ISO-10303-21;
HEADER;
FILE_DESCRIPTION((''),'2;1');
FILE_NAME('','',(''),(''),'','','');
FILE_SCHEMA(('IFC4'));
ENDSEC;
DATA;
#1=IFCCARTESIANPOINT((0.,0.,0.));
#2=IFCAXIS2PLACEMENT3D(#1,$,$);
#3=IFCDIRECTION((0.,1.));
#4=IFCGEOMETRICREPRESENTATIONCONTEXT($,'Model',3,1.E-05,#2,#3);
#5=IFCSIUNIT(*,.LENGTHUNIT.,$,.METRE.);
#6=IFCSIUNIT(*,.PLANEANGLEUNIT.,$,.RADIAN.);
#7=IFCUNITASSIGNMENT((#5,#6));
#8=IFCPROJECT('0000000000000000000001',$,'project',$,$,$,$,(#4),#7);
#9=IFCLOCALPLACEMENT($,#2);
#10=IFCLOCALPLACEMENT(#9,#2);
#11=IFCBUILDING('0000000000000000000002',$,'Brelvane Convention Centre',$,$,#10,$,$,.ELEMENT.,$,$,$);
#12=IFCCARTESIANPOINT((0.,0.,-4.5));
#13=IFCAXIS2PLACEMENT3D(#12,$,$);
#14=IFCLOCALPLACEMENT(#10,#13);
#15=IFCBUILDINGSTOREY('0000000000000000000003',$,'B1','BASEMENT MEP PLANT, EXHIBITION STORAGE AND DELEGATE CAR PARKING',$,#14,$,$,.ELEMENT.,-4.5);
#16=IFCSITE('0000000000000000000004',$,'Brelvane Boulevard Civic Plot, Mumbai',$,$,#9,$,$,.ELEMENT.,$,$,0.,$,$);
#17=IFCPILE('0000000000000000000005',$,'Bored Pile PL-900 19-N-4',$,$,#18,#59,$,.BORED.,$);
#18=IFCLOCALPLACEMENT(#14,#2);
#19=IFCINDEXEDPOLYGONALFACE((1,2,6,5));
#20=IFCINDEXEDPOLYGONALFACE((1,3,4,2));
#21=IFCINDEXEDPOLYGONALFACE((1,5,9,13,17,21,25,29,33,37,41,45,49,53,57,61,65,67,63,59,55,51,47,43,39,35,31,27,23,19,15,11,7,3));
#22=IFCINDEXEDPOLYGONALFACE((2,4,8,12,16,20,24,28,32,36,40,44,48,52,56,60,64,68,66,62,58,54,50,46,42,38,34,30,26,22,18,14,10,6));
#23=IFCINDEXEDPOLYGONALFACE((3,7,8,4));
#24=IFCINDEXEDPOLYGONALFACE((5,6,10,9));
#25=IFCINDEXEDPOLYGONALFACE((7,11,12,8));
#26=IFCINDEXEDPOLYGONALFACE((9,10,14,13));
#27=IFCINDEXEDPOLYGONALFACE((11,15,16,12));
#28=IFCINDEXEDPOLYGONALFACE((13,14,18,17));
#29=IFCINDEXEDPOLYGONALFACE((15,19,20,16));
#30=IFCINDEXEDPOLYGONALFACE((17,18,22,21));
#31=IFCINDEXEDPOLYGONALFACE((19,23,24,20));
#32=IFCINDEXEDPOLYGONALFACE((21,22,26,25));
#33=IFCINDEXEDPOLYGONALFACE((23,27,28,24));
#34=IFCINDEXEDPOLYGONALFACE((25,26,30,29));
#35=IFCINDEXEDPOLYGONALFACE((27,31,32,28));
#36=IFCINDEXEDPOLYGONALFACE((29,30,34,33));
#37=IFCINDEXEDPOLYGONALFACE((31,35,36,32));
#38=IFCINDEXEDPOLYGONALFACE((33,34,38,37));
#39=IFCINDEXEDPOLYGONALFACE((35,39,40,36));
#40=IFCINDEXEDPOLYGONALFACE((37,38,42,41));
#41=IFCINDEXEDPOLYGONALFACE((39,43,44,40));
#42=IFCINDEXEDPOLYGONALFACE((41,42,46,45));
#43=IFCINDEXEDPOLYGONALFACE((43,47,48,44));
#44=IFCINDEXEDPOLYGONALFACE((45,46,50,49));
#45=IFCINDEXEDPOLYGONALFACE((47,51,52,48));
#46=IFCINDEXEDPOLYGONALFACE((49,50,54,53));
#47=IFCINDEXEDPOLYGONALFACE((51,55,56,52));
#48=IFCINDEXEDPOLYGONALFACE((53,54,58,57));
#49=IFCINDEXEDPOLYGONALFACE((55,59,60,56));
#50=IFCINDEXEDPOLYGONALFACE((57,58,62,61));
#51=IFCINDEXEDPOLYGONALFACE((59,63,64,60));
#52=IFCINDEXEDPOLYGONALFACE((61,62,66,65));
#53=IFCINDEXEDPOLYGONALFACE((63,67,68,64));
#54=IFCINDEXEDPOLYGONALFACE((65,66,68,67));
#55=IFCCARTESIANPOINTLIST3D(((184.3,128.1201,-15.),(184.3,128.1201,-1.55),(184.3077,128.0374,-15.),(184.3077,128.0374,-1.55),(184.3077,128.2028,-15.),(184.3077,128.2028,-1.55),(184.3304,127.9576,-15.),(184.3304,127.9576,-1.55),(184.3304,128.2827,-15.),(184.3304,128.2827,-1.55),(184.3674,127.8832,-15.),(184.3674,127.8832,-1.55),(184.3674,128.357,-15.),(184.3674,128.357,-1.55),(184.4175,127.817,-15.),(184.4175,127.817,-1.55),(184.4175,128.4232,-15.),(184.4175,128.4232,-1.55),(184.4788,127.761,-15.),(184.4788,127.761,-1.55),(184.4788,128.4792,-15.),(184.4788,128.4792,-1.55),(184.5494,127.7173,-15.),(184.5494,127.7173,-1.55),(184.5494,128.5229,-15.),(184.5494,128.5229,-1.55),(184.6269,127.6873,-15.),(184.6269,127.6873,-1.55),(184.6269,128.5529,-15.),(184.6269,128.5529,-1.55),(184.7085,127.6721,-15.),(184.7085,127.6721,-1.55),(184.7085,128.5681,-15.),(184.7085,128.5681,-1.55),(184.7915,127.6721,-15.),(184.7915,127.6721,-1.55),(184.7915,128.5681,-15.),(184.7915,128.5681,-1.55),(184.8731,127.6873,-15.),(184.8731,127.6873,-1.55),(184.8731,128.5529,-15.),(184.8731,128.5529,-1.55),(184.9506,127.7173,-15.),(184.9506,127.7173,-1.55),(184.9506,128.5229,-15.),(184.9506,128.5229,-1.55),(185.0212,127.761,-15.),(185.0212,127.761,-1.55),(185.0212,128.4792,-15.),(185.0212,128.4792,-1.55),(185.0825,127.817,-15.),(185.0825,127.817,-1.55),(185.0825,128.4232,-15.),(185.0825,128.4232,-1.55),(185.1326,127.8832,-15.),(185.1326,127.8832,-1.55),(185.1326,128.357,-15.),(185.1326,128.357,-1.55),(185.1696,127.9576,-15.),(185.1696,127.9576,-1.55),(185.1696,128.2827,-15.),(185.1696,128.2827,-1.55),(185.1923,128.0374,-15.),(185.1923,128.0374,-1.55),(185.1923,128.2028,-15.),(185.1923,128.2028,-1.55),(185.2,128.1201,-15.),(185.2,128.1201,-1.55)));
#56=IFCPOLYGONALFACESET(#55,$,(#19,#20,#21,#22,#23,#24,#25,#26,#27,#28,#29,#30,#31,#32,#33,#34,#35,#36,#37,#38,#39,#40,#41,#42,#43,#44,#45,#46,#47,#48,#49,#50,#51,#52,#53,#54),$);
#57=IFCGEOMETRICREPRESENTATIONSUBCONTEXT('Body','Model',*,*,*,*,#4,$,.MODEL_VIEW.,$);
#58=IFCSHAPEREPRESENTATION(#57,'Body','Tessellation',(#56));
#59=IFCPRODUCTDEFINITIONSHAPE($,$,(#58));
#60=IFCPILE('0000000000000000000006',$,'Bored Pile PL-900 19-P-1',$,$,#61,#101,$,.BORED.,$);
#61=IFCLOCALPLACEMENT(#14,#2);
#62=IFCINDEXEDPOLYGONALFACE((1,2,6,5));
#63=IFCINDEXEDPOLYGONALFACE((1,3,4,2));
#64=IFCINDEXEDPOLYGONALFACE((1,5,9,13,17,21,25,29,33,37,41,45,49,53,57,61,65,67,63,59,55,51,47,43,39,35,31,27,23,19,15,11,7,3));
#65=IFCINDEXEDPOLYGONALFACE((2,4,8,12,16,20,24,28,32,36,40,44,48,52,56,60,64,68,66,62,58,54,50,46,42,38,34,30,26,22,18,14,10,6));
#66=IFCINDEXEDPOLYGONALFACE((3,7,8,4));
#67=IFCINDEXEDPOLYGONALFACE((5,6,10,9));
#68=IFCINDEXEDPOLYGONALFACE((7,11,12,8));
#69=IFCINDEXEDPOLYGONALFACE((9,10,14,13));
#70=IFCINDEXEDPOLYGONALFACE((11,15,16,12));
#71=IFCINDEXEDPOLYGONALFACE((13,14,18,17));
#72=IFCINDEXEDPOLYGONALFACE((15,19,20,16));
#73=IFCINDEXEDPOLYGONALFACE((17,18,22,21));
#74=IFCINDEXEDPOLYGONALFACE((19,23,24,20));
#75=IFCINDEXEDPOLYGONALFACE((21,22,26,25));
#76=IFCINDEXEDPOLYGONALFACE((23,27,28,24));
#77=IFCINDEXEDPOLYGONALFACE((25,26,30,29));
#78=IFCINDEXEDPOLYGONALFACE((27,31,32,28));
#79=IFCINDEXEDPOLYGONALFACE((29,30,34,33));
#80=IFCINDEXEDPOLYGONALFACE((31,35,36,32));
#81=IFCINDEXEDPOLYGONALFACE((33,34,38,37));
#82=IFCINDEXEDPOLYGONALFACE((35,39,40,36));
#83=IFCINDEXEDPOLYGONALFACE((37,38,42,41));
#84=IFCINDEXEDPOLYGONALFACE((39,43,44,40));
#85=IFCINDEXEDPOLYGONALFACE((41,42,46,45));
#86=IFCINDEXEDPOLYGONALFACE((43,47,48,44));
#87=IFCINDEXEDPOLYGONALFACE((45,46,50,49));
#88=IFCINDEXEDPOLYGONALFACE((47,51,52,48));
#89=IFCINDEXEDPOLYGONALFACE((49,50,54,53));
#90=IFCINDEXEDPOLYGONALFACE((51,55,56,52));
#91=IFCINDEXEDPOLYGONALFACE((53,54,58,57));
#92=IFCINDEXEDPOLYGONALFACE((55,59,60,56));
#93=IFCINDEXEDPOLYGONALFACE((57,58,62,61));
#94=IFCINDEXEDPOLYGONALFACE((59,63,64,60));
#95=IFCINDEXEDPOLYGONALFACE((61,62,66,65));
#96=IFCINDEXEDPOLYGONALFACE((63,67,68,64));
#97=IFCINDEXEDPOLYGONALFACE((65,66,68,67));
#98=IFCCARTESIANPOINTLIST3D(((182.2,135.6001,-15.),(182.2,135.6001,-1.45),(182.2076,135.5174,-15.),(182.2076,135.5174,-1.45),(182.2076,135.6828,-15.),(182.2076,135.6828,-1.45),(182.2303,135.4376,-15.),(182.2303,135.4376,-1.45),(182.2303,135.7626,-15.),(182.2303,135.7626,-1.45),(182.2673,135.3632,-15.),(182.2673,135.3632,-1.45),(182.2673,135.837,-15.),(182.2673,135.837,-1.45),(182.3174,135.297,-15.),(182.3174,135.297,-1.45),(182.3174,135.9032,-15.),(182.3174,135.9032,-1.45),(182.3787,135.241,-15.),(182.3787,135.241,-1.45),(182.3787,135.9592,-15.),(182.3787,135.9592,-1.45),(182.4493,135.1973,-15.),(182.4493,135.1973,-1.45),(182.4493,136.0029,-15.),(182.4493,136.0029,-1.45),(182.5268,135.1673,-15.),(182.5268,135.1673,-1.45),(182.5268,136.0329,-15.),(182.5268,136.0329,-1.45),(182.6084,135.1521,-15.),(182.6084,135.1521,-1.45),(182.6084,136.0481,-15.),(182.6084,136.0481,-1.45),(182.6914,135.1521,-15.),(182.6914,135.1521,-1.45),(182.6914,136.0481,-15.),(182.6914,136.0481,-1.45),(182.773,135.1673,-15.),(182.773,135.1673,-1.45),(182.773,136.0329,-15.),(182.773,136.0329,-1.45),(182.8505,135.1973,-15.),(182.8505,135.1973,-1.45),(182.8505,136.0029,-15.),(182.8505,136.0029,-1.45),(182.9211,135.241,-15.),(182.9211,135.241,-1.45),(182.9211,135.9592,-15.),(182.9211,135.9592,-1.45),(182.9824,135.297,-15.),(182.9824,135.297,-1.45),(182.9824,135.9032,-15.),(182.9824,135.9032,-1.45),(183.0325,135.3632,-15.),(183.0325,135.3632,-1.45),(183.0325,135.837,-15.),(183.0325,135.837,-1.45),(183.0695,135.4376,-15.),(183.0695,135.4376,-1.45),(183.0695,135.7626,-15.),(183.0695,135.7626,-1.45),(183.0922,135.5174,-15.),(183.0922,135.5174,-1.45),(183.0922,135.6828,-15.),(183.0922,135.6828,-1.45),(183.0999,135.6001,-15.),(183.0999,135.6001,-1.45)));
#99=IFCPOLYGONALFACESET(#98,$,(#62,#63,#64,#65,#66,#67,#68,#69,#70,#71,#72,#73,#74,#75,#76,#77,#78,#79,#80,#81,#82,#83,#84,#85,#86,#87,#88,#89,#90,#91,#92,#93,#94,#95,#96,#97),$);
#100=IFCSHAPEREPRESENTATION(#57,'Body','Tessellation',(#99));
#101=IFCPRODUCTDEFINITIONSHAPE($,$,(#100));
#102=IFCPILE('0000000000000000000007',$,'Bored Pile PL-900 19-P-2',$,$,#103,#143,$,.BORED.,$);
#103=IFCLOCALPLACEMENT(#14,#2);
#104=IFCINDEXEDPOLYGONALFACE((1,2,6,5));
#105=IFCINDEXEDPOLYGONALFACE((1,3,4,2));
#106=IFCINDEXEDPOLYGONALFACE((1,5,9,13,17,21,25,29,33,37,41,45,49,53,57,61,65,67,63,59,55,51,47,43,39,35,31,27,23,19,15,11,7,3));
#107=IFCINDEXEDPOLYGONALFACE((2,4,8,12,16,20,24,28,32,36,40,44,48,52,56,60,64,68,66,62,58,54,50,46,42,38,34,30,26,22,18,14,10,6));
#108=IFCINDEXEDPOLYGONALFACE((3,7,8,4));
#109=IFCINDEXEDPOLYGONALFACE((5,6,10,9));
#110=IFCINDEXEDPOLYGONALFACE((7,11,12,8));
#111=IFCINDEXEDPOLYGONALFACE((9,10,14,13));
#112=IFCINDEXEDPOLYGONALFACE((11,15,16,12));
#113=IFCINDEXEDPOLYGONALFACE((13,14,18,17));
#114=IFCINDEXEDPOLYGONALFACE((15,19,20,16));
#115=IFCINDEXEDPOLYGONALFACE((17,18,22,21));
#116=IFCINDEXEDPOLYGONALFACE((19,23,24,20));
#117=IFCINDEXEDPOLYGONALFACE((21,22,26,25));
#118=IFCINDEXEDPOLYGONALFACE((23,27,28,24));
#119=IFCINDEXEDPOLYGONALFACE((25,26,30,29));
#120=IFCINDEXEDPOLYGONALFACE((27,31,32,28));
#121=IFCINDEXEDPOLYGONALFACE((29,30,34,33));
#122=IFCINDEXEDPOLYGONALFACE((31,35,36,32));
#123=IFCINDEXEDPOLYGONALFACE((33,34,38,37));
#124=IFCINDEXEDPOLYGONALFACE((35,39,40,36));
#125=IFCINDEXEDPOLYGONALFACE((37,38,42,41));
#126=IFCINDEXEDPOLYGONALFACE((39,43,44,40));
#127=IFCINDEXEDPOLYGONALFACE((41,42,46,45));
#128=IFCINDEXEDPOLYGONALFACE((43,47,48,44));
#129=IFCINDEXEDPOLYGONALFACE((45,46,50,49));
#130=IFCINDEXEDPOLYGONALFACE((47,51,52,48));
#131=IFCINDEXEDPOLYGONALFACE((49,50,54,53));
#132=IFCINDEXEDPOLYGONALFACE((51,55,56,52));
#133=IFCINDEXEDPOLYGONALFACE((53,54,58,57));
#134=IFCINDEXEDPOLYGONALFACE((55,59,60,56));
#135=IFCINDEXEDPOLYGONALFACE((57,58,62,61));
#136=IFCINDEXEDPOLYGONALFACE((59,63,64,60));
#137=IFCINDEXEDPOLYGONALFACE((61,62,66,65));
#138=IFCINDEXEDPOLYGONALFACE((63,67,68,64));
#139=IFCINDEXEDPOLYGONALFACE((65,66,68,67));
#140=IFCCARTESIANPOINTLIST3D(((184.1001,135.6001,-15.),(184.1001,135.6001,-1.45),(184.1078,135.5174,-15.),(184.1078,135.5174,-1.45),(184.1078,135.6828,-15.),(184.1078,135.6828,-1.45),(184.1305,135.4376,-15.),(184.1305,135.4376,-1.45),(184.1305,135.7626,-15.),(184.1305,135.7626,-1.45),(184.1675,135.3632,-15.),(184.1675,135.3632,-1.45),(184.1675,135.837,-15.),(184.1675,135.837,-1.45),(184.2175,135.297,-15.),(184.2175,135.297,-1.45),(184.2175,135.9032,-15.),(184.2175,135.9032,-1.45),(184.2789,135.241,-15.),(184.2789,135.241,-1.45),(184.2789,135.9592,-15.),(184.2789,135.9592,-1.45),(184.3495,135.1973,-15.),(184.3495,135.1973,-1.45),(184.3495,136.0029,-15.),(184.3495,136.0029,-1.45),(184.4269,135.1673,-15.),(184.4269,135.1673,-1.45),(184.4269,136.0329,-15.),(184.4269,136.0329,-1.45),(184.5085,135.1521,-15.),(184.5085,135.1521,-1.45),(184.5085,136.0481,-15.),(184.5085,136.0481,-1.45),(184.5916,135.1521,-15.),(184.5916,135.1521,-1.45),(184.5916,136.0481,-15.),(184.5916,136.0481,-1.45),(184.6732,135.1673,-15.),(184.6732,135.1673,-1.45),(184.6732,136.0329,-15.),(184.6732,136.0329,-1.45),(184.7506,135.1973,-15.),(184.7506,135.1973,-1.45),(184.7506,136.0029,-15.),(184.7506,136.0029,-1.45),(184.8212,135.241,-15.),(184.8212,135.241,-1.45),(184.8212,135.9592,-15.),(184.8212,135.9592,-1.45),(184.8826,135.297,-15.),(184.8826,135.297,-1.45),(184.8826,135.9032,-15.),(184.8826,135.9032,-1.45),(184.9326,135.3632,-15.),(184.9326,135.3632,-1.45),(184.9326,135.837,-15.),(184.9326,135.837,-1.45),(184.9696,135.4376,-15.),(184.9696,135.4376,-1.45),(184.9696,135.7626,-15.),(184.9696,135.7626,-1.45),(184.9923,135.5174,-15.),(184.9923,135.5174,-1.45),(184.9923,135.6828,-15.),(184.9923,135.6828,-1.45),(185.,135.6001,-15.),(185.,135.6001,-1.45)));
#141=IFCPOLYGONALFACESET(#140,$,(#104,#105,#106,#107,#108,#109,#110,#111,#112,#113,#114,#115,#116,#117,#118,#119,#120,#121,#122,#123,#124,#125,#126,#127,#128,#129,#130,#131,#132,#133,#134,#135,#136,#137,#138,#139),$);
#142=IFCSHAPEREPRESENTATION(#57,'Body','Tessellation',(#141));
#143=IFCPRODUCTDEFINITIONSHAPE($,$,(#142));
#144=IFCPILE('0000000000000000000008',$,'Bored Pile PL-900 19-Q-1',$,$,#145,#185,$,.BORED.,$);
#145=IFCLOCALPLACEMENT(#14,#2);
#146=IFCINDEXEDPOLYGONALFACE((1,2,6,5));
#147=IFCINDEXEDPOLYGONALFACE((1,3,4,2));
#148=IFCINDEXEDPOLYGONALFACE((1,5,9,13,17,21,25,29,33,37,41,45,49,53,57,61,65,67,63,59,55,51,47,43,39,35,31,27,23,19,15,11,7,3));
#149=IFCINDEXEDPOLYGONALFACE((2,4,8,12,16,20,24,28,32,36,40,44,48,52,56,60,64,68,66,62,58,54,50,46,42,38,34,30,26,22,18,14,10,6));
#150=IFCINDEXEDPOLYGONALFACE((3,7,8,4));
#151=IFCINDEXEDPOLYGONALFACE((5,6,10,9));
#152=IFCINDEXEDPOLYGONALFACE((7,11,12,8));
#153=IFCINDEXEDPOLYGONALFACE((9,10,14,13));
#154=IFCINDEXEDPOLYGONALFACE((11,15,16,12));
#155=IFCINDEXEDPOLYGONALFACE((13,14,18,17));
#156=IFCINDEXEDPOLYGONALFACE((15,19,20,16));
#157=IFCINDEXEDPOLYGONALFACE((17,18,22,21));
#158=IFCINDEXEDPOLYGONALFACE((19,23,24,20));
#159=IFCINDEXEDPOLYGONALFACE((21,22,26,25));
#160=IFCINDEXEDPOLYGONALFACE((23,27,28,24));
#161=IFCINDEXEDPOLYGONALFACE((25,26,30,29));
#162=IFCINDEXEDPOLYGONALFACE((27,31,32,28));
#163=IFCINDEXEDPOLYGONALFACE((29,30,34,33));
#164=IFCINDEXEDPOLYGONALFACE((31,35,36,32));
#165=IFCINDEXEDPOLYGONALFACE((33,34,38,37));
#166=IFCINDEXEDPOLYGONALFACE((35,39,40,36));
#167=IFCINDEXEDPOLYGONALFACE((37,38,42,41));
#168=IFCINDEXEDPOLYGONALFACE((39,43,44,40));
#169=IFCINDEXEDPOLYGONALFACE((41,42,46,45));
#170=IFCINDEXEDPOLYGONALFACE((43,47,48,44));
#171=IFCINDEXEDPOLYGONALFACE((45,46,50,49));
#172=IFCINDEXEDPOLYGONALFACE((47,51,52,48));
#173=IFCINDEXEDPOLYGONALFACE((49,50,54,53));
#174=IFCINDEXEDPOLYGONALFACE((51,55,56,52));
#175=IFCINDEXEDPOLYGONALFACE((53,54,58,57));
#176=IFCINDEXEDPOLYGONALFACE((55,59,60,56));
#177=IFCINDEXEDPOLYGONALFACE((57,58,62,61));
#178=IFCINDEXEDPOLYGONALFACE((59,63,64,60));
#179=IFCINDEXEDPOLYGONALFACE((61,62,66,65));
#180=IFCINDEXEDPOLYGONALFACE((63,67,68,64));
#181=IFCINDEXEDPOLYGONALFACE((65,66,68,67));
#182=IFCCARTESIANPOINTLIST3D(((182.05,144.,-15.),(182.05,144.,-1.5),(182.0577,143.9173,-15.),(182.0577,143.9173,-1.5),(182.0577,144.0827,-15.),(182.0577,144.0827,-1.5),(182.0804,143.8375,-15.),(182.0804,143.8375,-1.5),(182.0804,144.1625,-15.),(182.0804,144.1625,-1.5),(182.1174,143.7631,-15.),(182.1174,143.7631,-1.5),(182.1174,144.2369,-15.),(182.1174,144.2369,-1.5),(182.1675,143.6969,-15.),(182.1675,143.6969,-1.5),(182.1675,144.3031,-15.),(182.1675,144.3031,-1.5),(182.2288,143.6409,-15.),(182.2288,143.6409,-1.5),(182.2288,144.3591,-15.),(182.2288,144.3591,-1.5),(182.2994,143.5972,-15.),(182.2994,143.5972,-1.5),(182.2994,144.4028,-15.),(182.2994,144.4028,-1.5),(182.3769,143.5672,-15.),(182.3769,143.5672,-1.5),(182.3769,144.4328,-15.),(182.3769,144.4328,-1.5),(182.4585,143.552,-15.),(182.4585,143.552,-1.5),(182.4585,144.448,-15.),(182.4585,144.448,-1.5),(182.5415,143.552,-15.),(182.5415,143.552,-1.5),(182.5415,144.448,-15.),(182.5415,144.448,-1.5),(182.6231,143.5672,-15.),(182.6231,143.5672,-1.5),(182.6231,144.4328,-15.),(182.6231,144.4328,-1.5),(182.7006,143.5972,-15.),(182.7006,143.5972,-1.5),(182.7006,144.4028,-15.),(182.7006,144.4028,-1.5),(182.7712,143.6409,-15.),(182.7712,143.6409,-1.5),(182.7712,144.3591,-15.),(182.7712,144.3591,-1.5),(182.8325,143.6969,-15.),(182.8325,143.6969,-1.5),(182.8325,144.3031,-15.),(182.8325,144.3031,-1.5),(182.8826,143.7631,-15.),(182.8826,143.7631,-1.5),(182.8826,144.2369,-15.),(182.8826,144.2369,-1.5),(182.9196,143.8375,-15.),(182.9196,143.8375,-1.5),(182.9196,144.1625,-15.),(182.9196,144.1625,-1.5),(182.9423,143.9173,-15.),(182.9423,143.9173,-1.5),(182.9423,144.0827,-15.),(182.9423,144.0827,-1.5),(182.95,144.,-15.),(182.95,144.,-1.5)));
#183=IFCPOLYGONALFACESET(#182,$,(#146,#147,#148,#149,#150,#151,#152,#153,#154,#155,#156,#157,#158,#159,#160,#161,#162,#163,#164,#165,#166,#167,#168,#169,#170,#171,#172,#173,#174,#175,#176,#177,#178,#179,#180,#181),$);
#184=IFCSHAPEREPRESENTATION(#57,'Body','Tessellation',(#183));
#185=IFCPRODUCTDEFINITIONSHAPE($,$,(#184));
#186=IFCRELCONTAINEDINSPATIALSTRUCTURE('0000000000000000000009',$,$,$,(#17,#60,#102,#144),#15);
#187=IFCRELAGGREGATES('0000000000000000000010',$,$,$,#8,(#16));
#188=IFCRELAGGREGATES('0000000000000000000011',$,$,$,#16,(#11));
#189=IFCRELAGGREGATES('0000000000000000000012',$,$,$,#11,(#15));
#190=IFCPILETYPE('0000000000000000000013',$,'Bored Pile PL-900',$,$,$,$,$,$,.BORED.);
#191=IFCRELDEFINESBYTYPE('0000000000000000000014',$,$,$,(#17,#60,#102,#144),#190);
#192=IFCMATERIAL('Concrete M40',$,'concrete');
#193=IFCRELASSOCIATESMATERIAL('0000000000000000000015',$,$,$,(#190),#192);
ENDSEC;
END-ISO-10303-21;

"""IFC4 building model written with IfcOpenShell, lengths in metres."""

from ifc_helpers import new_model, si_unit, direction, frame, origin, origin_2d, place, context, subcontext, project, spatial, circle, extrude, material, material_profile, profile_set, type_object, element, save


model = new_model("IFC4")

# Units and contexts
model_context = context("Model", 3, precision=1e-05, world=origin(), true_north=direction((0.0, 1.0)))
body_context = subcontext(model_context, "Body", "Model", "MODEL_VIEW")
ifc_project = project(units=[si_unit("LENGTHUNIT", "METRE"), si_unit("PLANEANGLEUNIT", "RADIAN")], contexts=[model_context])

# Site, building, storey
site_placement = place(None, origin())
site = spatial("IfcSite", under=ifc_project, at=site_placement, Name="Brelvane Boulevard Civic Plot, Mumbai", CompositionType="ELEMENT", RefElevation=0.0)
building_placement = place(site_placement, origin())
building = spatial("IfcBuilding", under=site, at=building_placement, Name="Brelvane Convention Centre", CompositionType="ELEMENT")
storey_placement = place(building_placement, frame((0.0, 0.0, -4.5)))
storey = spatial("IfcBuildingStorey", under=building, at=storey_placement, Name="B1", Description="BASEMENT MEP PLANT, EXHIBITION STORAGE AND DELEGATE CAR PARKING", CompositionType="ELEMENT", Elevation=-4.5)

# Piles
ifc_material_1 = material(Name="Concrete M40", Category="concrete")
ifc_material_profile_1 = material_profile(ifc_material_1, circle(Radius=0.45, at=origin_2d()), Name="PILE D900")
ifc_profile_set_1 = profile_set([ifc_material_profile_1], Name="Concrete M40")
pile_type = type_object("IfcPileType", Name="Bored Pile PL-900", PredefinedType="BORED", material=ifc_profile_set_1)
for number, where, z_axis, x_axis, name in (
    (1, (184.75, 128.1201, -1.55), (0.0, 0.0, -1.0), (1.0, 0.0, 0.0), "Bored Pile PL-900 19-N-4"),
):
    element("IfcPile", number, at=place(storey_placement, frame(where, z_axis=z_axis, x_axis=x_axis)), inside=storey, type_object=pile_type, Name=name, PredefinedType="BORED", context=body_context, shape_type="SweptSolid", body=[
        extrude(circle(Radius=0.45, at=origin_2d()), origin(), (0.0, 0.0, 1.0), 13.45),
    ])
for number, where, z_axis, x_axis, name in (
    (2, (182.6499, 135.6001, -1.45), (0.0, 0.0, -1.0), (1.0, 0.0, 0.0), "Bored Pile PL-900 19-P-1"),
    (3, (184.55, 135.6001, -1.45), (0.0, 0.0, -1.0), (1.0, 0.0, 0.0), "Bored Pile PL-900 19-P-2"),
):
    element("IfcPile", number, at=place(storey_placement, frame(where, z_axis=z_axis, x_axis=x_axis)), inside=storey, type_object=pile_type, Name=name, PredefinedType="BORED", context=body_context, shape_type="SweptSolid", body=[
        extrude(circle(Radius=0.45, at=origin_2d()), origin(), (0.0, 0.0, 1.0), 13.55),
    ])
for number, where, z_axis, x_axis, name in (
    (4, (182.5, 144.0, -1.5), (0.0, 0.0, -1.0), (1.0, 0.0, 0.0), "Bored Pile PL-900 19-Q-1"),
):
    element("IfcPile", number, at=place(storey_placement, frame(where, z_axis=z_axis, x_axis=x_axis)), inside=storey, type_object=pile_type, Name=name, PredefinedType="BORED", context=body_context, shape_type="SweptSolid", body=[
        extrude(circle(Radius=0.45, at=origin_2d()), origin(), (0.0, 0.0, 1.0), 13.5),
    ])

save(model, "model.ifc")
